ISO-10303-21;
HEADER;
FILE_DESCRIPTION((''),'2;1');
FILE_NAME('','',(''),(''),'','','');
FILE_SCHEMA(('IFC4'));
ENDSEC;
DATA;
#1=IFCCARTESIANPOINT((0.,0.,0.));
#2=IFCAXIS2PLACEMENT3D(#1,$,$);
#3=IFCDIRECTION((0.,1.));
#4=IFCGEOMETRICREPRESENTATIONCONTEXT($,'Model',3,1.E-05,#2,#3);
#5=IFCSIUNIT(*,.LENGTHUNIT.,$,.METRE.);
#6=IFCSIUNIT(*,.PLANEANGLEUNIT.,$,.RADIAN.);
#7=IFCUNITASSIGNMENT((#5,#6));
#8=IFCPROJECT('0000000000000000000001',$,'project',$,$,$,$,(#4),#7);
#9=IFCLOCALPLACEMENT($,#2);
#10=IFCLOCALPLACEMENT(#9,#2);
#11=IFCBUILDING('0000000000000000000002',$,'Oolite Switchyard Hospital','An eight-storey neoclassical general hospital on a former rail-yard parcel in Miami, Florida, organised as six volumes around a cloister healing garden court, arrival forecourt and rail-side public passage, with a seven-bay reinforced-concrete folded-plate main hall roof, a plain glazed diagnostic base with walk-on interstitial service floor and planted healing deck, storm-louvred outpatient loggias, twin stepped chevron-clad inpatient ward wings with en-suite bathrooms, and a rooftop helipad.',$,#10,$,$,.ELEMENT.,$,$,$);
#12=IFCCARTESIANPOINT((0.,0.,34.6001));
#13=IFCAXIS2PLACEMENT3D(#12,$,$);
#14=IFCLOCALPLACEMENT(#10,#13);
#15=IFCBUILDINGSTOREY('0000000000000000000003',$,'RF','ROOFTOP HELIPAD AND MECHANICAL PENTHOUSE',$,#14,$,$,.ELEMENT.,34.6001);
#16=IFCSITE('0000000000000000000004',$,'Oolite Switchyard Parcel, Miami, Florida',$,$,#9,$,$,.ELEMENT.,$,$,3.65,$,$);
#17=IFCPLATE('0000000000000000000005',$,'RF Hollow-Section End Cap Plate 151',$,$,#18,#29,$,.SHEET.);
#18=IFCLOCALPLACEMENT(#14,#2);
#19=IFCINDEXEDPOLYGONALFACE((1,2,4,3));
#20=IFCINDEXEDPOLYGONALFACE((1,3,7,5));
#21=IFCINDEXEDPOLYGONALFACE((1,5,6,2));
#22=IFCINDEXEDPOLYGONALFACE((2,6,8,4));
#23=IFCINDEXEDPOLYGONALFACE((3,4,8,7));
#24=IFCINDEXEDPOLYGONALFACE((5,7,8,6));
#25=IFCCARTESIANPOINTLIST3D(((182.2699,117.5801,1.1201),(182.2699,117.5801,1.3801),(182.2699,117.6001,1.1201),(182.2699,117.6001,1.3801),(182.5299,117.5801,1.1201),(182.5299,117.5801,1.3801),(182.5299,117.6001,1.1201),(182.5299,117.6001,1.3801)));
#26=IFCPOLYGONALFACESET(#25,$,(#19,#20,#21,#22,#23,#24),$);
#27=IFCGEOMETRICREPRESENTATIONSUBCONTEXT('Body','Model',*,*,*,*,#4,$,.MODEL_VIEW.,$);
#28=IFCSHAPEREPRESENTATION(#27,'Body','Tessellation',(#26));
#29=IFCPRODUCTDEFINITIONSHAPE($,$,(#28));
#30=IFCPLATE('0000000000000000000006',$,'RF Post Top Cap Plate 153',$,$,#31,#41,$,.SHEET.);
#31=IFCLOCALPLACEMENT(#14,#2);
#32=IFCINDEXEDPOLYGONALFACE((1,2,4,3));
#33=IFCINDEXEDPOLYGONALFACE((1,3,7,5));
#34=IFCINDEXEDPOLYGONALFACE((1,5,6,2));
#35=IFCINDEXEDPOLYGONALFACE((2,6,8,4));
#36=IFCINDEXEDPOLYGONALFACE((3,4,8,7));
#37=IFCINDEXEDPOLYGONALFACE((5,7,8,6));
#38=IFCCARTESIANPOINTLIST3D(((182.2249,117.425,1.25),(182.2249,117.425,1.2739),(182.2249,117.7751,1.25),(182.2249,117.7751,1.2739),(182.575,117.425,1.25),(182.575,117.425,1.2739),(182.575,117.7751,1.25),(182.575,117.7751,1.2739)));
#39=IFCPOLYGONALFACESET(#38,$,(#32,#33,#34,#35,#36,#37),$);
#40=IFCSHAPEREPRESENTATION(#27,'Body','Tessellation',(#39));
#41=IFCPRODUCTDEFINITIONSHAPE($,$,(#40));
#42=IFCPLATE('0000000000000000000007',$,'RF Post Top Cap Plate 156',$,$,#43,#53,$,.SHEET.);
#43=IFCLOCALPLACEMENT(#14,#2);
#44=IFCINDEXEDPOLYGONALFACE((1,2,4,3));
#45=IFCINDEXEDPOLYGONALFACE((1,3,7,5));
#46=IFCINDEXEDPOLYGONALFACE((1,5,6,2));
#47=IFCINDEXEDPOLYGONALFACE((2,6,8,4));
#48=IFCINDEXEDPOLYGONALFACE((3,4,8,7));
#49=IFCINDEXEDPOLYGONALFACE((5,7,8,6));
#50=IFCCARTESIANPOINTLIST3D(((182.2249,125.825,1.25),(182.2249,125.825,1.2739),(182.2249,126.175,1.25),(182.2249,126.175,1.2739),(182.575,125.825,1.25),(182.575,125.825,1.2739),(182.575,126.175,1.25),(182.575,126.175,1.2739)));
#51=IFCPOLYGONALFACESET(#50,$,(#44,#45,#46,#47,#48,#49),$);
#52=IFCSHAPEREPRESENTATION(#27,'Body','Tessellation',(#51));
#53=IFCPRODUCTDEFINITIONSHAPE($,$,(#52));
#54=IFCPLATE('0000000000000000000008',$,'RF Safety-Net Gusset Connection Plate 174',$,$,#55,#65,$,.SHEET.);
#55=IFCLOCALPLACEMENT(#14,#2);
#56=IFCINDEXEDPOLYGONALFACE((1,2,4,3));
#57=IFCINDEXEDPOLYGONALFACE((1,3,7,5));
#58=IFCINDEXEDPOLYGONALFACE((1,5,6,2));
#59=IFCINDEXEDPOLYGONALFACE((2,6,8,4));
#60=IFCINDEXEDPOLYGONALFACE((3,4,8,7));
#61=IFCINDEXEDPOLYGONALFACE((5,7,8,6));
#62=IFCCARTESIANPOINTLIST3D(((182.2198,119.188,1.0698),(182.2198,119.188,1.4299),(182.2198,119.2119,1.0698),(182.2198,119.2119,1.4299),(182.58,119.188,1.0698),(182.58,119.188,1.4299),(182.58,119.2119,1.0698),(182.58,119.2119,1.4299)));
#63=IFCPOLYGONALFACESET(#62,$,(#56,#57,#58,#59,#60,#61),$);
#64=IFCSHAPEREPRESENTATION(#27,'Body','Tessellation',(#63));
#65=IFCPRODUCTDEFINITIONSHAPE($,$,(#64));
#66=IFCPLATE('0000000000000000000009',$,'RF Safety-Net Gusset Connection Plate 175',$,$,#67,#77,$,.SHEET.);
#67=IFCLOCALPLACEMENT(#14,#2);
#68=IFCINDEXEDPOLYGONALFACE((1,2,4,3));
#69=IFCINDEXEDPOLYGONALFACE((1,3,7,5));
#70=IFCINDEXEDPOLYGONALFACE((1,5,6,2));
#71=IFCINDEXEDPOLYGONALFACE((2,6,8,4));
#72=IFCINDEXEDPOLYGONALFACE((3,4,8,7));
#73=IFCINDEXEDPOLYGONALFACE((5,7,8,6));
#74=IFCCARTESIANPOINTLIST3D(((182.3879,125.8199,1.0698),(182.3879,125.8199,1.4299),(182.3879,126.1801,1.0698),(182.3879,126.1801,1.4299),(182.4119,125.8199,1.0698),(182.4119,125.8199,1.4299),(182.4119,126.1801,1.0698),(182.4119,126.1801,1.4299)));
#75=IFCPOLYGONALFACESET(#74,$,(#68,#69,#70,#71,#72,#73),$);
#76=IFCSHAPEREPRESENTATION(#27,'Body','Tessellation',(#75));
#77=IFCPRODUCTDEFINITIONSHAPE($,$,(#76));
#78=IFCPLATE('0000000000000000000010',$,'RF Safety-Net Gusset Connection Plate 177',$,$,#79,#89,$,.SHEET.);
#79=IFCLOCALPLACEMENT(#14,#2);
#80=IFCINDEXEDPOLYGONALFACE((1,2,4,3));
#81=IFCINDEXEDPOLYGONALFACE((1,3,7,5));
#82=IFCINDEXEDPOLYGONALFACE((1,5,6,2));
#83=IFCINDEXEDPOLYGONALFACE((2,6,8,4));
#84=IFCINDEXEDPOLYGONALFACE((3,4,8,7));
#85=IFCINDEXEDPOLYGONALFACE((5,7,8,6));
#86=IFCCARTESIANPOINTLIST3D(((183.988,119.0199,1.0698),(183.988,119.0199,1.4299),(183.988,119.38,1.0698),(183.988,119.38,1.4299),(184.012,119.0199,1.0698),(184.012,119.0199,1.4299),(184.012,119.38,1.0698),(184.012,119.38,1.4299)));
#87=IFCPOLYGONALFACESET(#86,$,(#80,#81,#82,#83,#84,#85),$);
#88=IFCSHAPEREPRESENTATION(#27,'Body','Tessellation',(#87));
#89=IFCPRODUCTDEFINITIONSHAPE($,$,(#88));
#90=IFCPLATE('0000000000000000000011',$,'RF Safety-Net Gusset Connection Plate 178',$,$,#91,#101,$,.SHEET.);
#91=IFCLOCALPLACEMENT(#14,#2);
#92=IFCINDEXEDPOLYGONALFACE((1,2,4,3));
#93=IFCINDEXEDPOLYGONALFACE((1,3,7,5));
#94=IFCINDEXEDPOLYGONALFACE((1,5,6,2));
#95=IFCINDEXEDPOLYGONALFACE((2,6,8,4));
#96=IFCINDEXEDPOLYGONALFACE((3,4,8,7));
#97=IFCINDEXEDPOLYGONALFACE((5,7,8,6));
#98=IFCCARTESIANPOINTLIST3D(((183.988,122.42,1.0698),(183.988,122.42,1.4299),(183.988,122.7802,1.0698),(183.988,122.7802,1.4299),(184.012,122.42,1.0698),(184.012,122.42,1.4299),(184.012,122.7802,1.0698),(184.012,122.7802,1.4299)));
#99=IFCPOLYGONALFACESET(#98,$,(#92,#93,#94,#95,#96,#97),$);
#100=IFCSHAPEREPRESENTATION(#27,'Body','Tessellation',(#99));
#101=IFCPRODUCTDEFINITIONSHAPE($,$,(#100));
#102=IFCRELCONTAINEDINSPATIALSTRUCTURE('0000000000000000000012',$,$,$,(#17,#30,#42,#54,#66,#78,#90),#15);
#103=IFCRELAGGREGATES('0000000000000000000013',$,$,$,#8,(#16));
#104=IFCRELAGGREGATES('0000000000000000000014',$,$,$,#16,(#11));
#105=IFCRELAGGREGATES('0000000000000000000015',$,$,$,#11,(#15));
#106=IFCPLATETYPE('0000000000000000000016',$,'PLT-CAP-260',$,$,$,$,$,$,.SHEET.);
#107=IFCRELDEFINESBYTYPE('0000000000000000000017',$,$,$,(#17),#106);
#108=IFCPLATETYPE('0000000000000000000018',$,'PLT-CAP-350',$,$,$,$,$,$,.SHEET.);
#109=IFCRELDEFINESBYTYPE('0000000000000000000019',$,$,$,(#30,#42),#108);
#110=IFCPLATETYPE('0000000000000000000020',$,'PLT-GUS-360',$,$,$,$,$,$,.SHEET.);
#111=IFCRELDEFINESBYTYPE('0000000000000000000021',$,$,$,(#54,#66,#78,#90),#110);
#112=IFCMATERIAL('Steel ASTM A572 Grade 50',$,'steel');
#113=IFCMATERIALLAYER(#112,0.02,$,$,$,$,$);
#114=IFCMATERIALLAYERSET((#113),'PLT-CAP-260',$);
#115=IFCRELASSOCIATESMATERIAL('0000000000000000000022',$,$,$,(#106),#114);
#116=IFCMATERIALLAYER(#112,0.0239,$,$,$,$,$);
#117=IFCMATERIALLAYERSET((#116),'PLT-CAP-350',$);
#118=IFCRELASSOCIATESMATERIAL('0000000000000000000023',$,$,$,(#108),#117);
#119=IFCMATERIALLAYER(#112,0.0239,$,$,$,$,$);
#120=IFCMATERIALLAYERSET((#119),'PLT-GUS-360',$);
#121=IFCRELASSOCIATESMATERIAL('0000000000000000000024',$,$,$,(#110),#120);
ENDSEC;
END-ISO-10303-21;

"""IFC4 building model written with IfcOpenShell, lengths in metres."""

from ifc_helpers import new_model, si_unit, direction, frame, origin, origin_2d, place, context, subcontext, project, spatial, rectangle, extrude, material, layer, layer_set, type_object, element, save


model = new_model("IFC4")

# Units and contexts
model_context = context("Model", 3, precision=1e-05, world=origin(), true_north=direction((0.0, 1.0)))
body_context = subcontext(model_context, "Body", "Model", "MODEL_VIEW")
ifc_project = project(units=[si_unit("LENGTHUNIT", "METRE"), si_unit("PLANEANGLEUNIT", "RADIAN")], contexts=[model_context])

# Site, building, storey
site_placement = place(None, origin())
site = spatial("IfcSite", under=ifc_project, at=site_placement, Name="Oolite Switchyard Parcel, Miami, Florida", CompositionType="ELEMENT", RefElevation=3.65)
building_placement = place(site_placement, origin())
building = spatial("IfcBuilding", under=site, at=building_placement, Name="Oolite Switchyard Hospital", Description="An eight-storey neoclassical general hospital on a former rail-yard parcel in Miami, Florida, organised as six volumes around a cloister healing garden court, arrival forecourt and rail-side public passage, with a seven-bay reinforced-concrete folded-plate main hall roof, a plain glazed diagnostic base with walk-on interstitial service floor and planted healing deck, storm-louvred outpatient loggias, twin stepped chevron-clad inpatient ward wings with en-suite bathrooms, and a rooftop helipad.", CompositionType="ELEMENT")
storey_placement = place(building_placement, frame((0.0, 0.0, 34.6001)))
storey = spatial("IfcBuildingStorey", under=building, at=storey_placement, Name="RF", Description="ROOFTOP HELIPAD AND MECHANICAL PENTHOUSE", CompositionType="ELEMENT", Elevation=34.6001)

# Plates
ifc_material_1 = material(Name="Steel ASTM A572 Grade 50", Category="steel")
ifc_layer_1 = layer(ifc_material_1, 0.02)
ifc_layer_set_1 = layer_set([ifc_layer_1], Name="PLT-CAP-260")
plate_type_1 = type_object("IfcPlateType", Name="PLT-CAP-260", PredefinedType="SHEET", material=ifc_layer_set_1)
plate_placement = place(storey_placement, frame((182.3999, 117.5901, 1.1201), z_axis=(0.0, 0.0, 1.0), x_axis=(1.0, 0.0, 0.0)))
element("IfcPlate", 1, at=plate_placement, inside=storey, type_object=plate_type_1, Name="RF Hollow-Section End Cap Plate 151", PredefinedType="SHEET", context=body_context, shape_type="SweptSolid", body=[
    extrude(rectangle(XDim=0.26, YDim=0.02, at=origin_2d()), origin(), (0.0, 0.0, 1.0), 0.26),
])
ifc_layer_2 = layer(ifc_material_1, 0.0239)
ifc_layer_set_2 = layer_set([ifc_layer_2], Name="PLT-CAP-350")
plate_type_2 = type_object("IfcPlateType", Name="PLT-CAP-350", PredefinedType="SHEET", material=ifc_layer_set_2)
for number, where, z_axis, x_axis, name in (
    (2, (182.3999, 117.6001, 1.25), (0.0, 0.0, 1.0), (1.0, 0.0, 0.0), "RF Post Top Cap Plate 153"),
    (3, (182.3999, 126.0, 1.25), (0.0, 0.0, 1.0), (1.0, 0.0, 0.0), "RF Post Top Cap Plate 156"),
):
    element("IfcPlate", number, at=place(storey_placement, frame(where, z_axis=z_axis, x_axis=x_axis)), inside=storey, type_object=plate_type_2, Name=name, PredefinedType="SHEET", context=body_context, shape_type="SweptSolid", body=[
        extrude(rectangle(XDim=0.3501, YDim=0.3501, at=origin_2d()), origin(), (0.0, 0.0, 1.0), 0.0239),
    ])
ifc_layer_3 = layer(ifc_material_1, 0.0239)
ifc_layer_set_3 = layer_set([ifc_layer_3], Name="PLT-GUS-360")
plate_type_3 = type_object("IfcPlateType", Name="PLT-GUS-360", PredefinedType="SHEET", material=ifc_layer_set_3)
for number, where, z_axis, x_axis, name in (
    (4, (182.3999, 119.2, 1.0698), (0.0, 0.0, 1.0), (1.0, 0.0, 0.0), "RF Safety-Net Gusset Connection Plate 174"),
    (5, (182.3999, 126.0, 1.0698), (0.0, 0.0, 1.0), (0.0, 1.0, 0.0), "RF Safety-Net Gusset Connection Plate 175"),
    (6, (184.0, 119.2, 1.0698), (0.0, 0.0, 1.0), (0.0, 1.0, 0.0), "RF Safety-Net Gusset Connection Plate 177"),
    (7, (184.0, 122.6001, 1.0698), (0.0, 0.0, 1.0), (0.0, 1.0, 0.0), "RF Safety-Net Gusset Connection Plate 178"),
):
    element("IfcPlate", number, at=place(storey_placement, frame(where, z_axis=z_axis, x_axis=x_axis)), inside=storey, type_object=plate_type_3, Name=name, PredefinedType="SHEET", context=body_context, shape_type="SweptSolid", body=[
        extrude(rectangle(XDim=0.3601, YDim=0.0239, at=origin_2d()), origin(), (0.0, 0.0, 1.0), 0.3601),
    ])

save(model, "model.ifc")
